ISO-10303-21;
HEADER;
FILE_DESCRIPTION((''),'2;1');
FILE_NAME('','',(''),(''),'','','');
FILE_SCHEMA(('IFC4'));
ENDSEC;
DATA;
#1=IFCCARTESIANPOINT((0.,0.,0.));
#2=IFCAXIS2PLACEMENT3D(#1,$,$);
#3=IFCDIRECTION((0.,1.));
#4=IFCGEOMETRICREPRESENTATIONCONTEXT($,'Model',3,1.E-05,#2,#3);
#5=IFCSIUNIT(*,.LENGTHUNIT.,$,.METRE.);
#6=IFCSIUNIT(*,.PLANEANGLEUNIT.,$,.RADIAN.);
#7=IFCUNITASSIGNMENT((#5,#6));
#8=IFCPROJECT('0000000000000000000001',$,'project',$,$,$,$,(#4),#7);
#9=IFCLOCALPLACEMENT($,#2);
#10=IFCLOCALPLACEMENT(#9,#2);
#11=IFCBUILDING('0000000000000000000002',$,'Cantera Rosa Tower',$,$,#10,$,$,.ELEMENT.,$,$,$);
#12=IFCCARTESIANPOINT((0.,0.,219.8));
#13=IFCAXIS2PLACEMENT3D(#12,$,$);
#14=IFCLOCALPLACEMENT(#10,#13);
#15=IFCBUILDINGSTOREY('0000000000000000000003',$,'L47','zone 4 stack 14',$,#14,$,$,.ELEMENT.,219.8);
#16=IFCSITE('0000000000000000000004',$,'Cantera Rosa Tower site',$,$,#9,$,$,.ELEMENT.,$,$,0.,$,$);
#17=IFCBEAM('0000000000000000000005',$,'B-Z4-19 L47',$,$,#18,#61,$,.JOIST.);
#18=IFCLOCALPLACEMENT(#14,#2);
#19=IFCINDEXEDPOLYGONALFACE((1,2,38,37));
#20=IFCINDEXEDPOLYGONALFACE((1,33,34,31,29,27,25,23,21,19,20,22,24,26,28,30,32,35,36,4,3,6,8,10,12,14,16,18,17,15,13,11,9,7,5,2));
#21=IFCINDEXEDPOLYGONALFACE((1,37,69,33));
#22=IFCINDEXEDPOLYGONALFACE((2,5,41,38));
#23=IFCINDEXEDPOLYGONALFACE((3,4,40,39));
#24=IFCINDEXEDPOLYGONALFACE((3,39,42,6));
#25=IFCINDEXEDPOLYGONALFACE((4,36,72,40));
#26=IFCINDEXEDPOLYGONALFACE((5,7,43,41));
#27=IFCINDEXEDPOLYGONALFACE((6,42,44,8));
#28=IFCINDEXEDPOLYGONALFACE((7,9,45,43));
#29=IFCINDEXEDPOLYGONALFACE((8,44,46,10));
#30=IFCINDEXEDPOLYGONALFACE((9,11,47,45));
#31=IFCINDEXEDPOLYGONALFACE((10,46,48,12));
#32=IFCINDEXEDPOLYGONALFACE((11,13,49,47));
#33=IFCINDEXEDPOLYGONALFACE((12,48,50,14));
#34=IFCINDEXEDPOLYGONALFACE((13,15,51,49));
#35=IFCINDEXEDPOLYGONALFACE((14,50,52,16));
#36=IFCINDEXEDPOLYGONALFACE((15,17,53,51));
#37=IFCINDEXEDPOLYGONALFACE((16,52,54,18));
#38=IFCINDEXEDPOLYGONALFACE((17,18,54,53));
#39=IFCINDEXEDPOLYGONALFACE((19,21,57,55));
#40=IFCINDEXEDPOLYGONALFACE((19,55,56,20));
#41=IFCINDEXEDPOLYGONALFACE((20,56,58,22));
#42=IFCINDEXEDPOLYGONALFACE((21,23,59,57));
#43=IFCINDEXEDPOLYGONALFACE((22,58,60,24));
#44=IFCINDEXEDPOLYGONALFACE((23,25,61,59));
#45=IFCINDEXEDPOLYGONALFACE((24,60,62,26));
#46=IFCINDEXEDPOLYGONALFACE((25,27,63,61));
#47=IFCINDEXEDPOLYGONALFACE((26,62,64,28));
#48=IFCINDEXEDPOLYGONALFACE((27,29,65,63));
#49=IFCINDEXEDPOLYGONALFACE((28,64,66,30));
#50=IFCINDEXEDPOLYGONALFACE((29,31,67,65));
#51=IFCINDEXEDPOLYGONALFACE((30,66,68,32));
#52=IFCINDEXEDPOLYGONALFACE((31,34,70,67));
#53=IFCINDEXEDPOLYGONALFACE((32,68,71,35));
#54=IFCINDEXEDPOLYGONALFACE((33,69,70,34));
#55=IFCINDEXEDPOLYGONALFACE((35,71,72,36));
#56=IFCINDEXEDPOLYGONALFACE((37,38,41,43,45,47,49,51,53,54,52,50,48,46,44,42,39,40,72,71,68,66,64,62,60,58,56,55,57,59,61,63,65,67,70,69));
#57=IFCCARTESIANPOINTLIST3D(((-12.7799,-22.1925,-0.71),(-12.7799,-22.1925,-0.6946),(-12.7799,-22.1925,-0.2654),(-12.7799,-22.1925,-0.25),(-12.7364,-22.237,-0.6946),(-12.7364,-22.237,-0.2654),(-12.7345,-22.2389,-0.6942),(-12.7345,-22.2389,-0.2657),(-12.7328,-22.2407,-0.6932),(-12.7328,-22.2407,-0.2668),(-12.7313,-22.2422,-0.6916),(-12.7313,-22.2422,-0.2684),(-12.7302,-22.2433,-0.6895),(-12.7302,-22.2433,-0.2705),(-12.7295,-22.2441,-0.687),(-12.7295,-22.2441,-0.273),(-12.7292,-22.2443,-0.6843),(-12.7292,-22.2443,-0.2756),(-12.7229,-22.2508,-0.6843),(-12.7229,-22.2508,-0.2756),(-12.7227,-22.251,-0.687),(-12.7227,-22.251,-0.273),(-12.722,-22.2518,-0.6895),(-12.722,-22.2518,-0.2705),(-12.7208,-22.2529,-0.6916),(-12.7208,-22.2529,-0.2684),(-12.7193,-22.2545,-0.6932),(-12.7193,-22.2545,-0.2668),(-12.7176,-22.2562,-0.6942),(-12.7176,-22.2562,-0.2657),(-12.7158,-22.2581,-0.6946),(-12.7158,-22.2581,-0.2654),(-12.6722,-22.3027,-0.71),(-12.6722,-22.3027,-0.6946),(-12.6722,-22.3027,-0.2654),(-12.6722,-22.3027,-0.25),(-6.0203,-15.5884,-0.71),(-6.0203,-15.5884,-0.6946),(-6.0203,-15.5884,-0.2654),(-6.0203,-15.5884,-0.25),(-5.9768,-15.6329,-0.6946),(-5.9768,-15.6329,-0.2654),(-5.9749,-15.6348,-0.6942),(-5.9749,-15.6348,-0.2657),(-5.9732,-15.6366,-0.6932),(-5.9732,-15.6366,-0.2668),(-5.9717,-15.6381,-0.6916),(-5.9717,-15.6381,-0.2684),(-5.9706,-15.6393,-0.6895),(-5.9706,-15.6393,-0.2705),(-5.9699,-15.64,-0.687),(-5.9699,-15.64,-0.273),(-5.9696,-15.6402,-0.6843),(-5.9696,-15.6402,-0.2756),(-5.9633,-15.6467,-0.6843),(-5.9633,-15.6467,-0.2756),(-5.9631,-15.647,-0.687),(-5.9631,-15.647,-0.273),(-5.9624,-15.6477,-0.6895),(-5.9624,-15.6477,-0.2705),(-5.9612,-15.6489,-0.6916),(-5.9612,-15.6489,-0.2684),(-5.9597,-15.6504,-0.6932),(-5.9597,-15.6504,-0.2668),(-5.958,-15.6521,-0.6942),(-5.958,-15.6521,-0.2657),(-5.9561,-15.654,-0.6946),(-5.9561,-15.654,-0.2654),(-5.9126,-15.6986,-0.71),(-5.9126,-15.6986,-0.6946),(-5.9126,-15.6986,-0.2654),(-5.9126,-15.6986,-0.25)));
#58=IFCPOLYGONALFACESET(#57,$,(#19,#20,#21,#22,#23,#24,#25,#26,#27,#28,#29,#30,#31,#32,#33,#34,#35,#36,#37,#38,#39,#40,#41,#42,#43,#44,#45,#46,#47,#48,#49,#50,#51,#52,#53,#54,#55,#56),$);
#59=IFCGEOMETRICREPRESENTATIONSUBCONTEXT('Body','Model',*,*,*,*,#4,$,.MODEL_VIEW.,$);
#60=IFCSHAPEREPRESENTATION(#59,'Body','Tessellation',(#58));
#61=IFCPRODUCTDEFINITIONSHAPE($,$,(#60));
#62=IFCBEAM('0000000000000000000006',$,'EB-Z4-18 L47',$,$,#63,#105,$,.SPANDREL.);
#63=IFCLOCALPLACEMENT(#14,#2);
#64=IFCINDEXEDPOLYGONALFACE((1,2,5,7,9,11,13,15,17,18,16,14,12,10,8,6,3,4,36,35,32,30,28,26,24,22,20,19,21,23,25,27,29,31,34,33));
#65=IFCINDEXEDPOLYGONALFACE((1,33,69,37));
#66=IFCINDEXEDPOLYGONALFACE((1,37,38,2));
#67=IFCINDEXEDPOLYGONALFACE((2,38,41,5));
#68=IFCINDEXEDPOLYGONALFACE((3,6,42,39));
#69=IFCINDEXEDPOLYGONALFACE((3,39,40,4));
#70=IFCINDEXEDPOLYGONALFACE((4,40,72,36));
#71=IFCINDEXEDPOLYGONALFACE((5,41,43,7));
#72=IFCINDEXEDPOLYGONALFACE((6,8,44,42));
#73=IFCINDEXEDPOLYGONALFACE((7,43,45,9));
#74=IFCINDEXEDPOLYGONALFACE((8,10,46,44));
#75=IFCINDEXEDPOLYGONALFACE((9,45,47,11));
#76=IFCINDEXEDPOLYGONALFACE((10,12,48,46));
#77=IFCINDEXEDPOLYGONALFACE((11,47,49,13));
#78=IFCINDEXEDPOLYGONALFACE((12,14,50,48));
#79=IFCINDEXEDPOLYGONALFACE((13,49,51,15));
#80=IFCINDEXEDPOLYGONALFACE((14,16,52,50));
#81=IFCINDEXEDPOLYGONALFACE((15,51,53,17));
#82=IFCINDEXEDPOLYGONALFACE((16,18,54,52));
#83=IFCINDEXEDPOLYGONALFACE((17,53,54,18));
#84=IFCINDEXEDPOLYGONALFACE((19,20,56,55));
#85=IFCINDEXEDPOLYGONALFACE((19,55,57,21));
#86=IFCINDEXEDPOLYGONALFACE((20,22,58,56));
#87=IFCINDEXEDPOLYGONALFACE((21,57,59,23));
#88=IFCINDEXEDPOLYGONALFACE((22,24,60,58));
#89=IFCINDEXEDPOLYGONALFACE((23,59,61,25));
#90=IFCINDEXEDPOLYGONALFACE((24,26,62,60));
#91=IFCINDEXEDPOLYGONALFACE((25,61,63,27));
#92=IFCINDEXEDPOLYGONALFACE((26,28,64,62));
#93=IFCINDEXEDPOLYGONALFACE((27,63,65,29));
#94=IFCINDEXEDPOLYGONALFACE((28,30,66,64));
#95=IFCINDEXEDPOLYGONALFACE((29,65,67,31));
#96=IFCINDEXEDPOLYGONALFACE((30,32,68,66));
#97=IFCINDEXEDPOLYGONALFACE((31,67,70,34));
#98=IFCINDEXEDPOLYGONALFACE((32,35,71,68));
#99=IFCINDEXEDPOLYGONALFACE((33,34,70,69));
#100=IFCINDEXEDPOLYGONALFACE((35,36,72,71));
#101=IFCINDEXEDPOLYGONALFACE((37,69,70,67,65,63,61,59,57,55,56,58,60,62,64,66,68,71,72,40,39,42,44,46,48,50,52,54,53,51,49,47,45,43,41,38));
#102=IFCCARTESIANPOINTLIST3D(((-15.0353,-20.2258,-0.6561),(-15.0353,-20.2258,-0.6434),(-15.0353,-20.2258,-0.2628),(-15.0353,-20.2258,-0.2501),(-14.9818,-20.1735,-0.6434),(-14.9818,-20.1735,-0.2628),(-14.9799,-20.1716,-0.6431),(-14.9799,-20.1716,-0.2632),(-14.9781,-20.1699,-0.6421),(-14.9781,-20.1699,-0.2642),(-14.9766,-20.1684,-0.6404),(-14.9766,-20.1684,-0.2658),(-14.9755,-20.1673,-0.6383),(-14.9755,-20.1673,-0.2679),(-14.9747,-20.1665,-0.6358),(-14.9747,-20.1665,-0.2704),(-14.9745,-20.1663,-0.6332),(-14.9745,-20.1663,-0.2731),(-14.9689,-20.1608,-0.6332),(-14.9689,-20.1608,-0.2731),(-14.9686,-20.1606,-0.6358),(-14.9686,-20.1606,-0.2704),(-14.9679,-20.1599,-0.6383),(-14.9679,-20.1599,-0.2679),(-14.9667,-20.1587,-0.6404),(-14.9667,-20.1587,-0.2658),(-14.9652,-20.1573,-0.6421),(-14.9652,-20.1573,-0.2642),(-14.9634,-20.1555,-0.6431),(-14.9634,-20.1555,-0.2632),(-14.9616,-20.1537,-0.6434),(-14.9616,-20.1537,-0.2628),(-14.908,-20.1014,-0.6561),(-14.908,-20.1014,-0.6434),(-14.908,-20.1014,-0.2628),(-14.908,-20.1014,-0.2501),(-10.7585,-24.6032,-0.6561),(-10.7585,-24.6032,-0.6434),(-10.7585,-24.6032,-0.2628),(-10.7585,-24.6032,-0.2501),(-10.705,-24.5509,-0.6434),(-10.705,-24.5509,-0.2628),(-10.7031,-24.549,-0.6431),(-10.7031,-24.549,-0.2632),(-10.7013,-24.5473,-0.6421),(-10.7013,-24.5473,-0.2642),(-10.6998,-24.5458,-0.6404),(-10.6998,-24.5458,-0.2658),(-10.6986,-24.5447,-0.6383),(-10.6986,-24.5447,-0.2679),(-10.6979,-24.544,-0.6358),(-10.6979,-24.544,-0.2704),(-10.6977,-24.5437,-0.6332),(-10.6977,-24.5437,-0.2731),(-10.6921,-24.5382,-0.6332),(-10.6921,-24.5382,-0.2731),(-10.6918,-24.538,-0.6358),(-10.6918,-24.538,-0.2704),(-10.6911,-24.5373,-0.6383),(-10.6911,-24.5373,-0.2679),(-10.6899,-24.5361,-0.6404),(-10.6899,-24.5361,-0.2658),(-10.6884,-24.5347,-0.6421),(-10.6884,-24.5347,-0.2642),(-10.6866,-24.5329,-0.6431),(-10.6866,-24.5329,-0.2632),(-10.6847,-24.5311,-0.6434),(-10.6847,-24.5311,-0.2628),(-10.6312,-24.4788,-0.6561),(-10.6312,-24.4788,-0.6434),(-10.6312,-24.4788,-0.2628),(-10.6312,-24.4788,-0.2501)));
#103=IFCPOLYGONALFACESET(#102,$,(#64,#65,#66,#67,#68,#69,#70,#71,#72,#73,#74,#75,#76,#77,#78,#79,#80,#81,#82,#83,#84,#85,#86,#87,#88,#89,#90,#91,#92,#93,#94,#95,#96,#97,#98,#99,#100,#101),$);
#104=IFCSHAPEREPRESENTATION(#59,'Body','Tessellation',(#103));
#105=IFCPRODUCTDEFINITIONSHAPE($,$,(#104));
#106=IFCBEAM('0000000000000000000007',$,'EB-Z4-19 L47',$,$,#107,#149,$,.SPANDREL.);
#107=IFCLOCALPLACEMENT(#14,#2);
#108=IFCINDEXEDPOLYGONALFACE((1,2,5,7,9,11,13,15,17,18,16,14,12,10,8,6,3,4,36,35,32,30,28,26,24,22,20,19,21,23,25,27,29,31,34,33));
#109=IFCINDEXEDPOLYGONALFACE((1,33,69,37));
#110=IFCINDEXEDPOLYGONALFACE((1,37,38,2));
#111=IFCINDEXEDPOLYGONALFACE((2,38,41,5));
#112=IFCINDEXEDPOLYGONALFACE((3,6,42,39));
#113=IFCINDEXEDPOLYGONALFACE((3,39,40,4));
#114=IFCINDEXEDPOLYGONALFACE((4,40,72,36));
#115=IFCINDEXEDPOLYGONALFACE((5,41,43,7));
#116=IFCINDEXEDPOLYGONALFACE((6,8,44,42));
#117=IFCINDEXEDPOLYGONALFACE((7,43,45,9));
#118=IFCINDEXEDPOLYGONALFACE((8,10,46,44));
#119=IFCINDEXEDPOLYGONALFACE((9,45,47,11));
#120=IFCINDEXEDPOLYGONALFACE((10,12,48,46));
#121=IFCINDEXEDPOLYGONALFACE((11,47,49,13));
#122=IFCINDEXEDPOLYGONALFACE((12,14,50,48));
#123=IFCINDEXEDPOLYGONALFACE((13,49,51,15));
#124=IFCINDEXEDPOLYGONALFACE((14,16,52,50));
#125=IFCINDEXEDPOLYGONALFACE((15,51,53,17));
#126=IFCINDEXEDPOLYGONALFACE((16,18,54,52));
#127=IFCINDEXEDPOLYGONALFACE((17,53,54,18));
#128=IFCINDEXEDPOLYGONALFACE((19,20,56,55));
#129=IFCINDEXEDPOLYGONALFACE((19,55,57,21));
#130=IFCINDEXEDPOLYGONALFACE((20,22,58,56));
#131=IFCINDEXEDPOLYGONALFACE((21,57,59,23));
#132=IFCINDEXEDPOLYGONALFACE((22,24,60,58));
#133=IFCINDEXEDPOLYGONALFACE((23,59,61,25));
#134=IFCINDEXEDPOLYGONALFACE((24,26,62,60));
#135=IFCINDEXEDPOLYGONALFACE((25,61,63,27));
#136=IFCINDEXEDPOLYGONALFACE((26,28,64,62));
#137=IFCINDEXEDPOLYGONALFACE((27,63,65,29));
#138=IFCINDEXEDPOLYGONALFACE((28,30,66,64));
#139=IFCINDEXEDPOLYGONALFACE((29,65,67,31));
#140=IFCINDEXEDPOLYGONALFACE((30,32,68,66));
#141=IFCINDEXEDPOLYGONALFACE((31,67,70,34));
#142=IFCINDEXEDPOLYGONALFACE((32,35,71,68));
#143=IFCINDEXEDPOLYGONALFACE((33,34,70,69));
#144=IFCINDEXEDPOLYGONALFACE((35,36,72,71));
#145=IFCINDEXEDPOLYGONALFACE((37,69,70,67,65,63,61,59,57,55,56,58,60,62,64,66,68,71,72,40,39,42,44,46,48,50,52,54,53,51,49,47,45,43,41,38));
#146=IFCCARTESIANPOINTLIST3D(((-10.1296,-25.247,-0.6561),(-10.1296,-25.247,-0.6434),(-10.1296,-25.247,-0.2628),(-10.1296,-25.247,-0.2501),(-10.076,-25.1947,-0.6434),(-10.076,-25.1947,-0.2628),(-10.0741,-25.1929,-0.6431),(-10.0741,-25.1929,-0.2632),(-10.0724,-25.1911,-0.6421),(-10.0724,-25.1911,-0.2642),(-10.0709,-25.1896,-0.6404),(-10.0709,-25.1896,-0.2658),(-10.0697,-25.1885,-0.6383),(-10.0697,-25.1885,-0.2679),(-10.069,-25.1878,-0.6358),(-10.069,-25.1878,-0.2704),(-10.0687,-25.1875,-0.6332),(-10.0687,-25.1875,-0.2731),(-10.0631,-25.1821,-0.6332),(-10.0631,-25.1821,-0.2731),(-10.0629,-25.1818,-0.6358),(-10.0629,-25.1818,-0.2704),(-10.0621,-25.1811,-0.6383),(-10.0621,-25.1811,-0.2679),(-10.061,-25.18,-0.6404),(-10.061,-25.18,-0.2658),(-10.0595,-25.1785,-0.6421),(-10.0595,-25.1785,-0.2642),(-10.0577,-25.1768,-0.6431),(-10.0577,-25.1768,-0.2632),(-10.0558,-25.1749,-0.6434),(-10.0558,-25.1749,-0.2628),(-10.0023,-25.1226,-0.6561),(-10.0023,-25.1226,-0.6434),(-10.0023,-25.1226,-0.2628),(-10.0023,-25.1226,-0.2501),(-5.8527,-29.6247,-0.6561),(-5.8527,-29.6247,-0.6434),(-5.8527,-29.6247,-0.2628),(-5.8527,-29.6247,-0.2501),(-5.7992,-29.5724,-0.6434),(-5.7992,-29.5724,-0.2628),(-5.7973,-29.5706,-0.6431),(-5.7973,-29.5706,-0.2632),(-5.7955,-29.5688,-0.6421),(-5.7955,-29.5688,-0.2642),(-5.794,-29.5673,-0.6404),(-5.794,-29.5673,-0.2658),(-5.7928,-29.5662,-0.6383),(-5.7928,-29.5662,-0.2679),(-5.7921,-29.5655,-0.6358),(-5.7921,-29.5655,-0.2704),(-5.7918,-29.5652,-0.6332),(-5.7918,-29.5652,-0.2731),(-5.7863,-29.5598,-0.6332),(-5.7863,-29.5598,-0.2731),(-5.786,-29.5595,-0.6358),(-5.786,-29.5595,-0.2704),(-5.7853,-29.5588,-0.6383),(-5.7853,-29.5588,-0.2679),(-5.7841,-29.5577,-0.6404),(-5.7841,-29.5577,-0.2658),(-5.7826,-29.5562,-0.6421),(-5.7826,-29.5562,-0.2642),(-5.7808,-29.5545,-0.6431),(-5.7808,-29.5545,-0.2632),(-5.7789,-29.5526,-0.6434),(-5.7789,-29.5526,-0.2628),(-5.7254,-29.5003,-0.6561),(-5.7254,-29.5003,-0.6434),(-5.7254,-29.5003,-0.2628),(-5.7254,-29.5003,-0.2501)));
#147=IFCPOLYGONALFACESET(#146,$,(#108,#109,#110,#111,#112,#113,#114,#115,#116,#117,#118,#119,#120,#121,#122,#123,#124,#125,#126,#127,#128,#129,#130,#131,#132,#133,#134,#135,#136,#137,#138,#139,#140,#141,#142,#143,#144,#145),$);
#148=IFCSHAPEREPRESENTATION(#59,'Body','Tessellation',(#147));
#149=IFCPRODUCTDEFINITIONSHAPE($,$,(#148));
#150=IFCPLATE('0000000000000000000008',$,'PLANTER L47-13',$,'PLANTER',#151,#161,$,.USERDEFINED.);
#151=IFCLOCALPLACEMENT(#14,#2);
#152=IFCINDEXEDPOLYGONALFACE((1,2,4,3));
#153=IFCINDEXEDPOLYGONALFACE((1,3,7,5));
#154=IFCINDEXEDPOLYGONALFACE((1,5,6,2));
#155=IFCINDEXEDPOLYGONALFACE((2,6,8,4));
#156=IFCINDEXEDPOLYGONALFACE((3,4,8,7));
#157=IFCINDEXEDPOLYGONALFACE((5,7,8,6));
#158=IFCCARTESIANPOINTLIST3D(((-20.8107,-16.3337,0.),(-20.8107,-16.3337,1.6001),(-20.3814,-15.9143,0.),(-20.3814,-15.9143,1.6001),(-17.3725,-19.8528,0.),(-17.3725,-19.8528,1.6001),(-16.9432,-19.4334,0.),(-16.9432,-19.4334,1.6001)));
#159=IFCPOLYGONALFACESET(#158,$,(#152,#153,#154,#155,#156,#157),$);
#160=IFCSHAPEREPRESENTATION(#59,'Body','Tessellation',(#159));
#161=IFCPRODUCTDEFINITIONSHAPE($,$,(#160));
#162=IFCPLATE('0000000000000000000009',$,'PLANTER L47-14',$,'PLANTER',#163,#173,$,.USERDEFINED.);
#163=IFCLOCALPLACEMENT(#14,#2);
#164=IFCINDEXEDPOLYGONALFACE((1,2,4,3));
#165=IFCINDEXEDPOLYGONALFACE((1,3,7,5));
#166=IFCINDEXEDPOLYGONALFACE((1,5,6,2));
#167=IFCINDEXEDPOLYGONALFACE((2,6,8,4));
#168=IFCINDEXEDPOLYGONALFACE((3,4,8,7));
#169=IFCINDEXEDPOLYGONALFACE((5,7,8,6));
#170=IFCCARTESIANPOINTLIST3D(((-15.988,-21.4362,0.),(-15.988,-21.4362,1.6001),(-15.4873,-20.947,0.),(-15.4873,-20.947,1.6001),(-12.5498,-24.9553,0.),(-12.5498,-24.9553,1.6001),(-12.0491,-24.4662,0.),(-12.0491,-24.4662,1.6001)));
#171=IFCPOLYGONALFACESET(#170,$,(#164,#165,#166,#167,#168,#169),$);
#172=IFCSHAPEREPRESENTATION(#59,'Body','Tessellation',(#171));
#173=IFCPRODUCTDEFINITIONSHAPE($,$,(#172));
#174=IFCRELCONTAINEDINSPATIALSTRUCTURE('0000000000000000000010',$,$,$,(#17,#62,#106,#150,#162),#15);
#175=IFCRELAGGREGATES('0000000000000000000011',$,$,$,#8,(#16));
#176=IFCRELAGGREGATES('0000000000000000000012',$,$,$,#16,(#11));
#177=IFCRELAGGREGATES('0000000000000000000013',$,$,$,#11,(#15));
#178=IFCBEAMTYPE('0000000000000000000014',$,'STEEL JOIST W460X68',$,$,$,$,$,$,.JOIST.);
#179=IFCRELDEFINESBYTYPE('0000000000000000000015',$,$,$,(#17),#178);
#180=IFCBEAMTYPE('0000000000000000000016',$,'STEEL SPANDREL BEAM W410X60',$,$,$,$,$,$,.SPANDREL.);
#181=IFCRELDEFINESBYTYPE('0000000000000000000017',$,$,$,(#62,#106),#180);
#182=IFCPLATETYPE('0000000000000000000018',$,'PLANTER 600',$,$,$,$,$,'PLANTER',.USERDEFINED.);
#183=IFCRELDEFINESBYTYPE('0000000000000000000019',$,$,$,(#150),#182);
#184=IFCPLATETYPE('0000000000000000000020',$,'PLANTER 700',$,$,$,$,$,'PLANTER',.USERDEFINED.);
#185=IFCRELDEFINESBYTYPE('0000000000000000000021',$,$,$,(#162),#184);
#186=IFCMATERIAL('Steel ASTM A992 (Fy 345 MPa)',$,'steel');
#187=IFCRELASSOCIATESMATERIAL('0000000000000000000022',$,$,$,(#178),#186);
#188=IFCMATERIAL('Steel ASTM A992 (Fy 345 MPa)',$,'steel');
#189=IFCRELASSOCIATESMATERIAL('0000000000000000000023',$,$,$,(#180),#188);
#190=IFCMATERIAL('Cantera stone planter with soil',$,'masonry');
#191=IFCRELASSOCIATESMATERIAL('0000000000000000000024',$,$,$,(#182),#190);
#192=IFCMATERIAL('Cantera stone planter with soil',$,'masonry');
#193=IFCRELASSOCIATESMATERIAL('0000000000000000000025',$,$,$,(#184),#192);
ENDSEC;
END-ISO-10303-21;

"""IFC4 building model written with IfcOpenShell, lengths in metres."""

from ifc_helpers import new_model, si_unit, direction, frame, origin, origin_2d, place, context, subcontext, project, spatial, rectangle, i_section, extrude, material, material_profile, profile_set, type_object, element, save


model = new_model("IFC4")

# Units and contexts
model_context = context("Model", 3, precision=1e-05, world=origin(), true_north=direction((0.0, 1.0)))
body_context = subcontext(model_context, "Body", "Model", "MODEL_VIEW")
ifc_project = project(units=[si_unit("LENGTHUNIT", "METRE"), si_unit("PLANEANGLEUNIT", "RADIAN")], contexts=[model_context])

# Site, building, storey
site_placement = place(None, origin())
site = spatial("IfcSite", under=ifc_project, at=site_placement, Name="Cantera Rosa Tower site", CompositionType="ELEMENT", RefElevation=0.0)
building_placement = place(site_placement, origin())
building = spatial("IfcBuilding", under=site, at=building_placement, Name="Cantera Rosa Tower", CompositionType="ELEMENT")
storey_placement = place(building_placement, frame((0.0, 0.0, 219.8)))
storey = spatial("IfcBuildingStorey", under=building, at=storey_placement, Name="L47", Description="zone 4 stack 14", CompositionType="ELEMENT", Elevation=219.8)

# Beams
ifc_material_1 = material(Name="Steel ASTM A992 (Fy 345 MPa)", Category="steel")
ifc_material_profile_1 = material_profile(ifc_material_1, i_section(OverallWidth=0.1541, OverallDepth=0.46, WebThickness=0.009, FlangeThickness=0.0154, FilletRadius=0.0103, at=origin_2d()), Name="W460X68")
ifc_profile_set_1 = profile_set([ifc_material_profile_1], Name="Steel ASTM A992 (Fy 345 MPa)")
beam_type_1 = type_object("IfcBeamType", Name="STEEL JOIST W460X68", PredefinedType="JOIST", material=ifc_profile_set_1)
for number, where, z_axis, x_axis, name in (
    (1, (-12.7261, -22.2476, -0.48), (0.715287, 0.698831, 0.0), (-0.698831, 0.715287, 0.0), "B-Z4-19 L47"),
):
    element("IfcBeam", number, at=place(storey_placement, frame(where, z_axis=z_axis, x_axis=x_axis)), inside=storey, type_object=beam_type_1, Name=name, PredefinedType="JOIST", context=body_context, shape_type="SweptSolid", body=[
        extrude(i_section(OverallWidth=0.1541, OverallDepth=0.46, WebThickness=0.009, FlangeThickness=0.0154, FilletRadius=0.0103, at=origin_2d()), origin(), (0.0, 0.0, 1.0), 9.4502),
    ])
ifc_material_2 = material(Name="Steel ASTM A992 (Fy 345 MPa)", Category="steel")
ifc_material_profile_2 = material_profile(ifc_material_2, i_section(OverallWidth=0.178, OverallDepth=0.406, WebThickness=0.0078, FlangeThickness=0.0127, FilletRadius=0.0103, at=origin_2d()), Name="W410X60")
ifc_profile_set_2 = profile_set([ifc_material_profile_2], Name="Steel ASTM A992 (Fy 345 MPa)")
beam_type_2 = type_object("IfcBeamType", Name="STEEL SPANDREL BEAM W410X60", PredefinedType="SPANDREL", material=ifc_profile_set_2)
beam_1_placement = place(storey_placement, frame((-14.9717, -20.1636, -0.4531), z_axis=(0.698841, -0.715277, 0.0), x_axis=(0.715277, 0.698841, 0.0)))
element("IfcBeam", 2, at=beam_1_placement, inside=storey, type_object=beam_type_2, Name="EB-Z4-18 L47", PredefinedType="SPANDREL", context=body_context, shape_type="SweptSolid", body=[
    extrude(i_section(OverallWidth=0.178, OverallDepth=0.406, WebThickness=0.0078, FlangeThickness=0.0127, FilletRadius=0.0103, at=origin_2d()), origin(), (0.0, 0.0, 1.0), 6.1199),
])
beam_2_placement = place(storey_placement, frame((-10.0659, -25.1848, -0.4531), z_axis=(0.698821, -0.715296, 0.0), x_axis=(0.715296, 0.698821, 0.0)))
element("IfcBeam", 3, at=beam_2_placement, inside=storey, type_object=beam_type_2, Name="EB-Z4-19 L47", PredefinedType="SPANDREL", context=body_context, shape_type="SweptSolid", body=[
    extrude(i_section(OverallWidth=0.178, OverallDepth=0.406, WebThickness=0.0078, FlangeThickness=0.0127, FilletRadius=0.0103, at=origin_2d()), origin(), (0.0, 0.0, 1.0), 6.1201),
])

# Plates
ifc_material_3 = material(Name="Cantera stone planter with soil", Category="masonry")
plate_type_1 = type_object("IfcPlateType", Name="PLANTER 600", ElementType="PLANTER", PredefinedType="USERDEFINED", material=ifc_material_3)
plate_1_placement = place(storey_placement, frame((-18.877, -17.8835, 0.0), z_axis=(0.0, 0.0, 1.0), x_axis=(0.698832, -0.715286, 0.0)))
element("IfcPlate", 4, at=plate_1_placement, inside=storey, type_object=plate_type_1, Name="PLANTER L47-13", ObjectType="PLANTER", PredefinedType="USERDEFINED", context=body_context, shape_type="SweptSolid", body=[
    extrude(rectangle(XDim=4.9199, YDim=0.6001, at=origin_2d()), origin(), (0.0, 0.0, 1.0), 1.6001),
])
ifc_material_4 = material(Name="Cantera stone planter with soil", Category="masonry")
plate_type_2 = type_object("IfcPlateType", Name="PLANTER 700", ElementType="PLANTER", PredefinedType="USERDEFINED", material=ifc_material_4)
plate_2_placement = place(storey_placement, frame((-14.0186, -22.9512, 0.0), z_axis=(0.0, 0.0, 1.0), x_axis=(0.698832, -0.715286, 0.0)))
element("IfcPlate", 5, at=plate_2_placement, inside=storey, type_object=plate_type_2, Name="PLANTER L47-14", ObjectType="PLANTER", PredefinedType="USERDEFINED", context=body_context, shape_type="SweptSolid", body=[
    extrude(rectangle(XDim=4.9199, YDim=0.7, at=origin_2d()), origin(), (0.0, 0.0, 1.0), 1.6001),
])

save(model, "model.ifc")
